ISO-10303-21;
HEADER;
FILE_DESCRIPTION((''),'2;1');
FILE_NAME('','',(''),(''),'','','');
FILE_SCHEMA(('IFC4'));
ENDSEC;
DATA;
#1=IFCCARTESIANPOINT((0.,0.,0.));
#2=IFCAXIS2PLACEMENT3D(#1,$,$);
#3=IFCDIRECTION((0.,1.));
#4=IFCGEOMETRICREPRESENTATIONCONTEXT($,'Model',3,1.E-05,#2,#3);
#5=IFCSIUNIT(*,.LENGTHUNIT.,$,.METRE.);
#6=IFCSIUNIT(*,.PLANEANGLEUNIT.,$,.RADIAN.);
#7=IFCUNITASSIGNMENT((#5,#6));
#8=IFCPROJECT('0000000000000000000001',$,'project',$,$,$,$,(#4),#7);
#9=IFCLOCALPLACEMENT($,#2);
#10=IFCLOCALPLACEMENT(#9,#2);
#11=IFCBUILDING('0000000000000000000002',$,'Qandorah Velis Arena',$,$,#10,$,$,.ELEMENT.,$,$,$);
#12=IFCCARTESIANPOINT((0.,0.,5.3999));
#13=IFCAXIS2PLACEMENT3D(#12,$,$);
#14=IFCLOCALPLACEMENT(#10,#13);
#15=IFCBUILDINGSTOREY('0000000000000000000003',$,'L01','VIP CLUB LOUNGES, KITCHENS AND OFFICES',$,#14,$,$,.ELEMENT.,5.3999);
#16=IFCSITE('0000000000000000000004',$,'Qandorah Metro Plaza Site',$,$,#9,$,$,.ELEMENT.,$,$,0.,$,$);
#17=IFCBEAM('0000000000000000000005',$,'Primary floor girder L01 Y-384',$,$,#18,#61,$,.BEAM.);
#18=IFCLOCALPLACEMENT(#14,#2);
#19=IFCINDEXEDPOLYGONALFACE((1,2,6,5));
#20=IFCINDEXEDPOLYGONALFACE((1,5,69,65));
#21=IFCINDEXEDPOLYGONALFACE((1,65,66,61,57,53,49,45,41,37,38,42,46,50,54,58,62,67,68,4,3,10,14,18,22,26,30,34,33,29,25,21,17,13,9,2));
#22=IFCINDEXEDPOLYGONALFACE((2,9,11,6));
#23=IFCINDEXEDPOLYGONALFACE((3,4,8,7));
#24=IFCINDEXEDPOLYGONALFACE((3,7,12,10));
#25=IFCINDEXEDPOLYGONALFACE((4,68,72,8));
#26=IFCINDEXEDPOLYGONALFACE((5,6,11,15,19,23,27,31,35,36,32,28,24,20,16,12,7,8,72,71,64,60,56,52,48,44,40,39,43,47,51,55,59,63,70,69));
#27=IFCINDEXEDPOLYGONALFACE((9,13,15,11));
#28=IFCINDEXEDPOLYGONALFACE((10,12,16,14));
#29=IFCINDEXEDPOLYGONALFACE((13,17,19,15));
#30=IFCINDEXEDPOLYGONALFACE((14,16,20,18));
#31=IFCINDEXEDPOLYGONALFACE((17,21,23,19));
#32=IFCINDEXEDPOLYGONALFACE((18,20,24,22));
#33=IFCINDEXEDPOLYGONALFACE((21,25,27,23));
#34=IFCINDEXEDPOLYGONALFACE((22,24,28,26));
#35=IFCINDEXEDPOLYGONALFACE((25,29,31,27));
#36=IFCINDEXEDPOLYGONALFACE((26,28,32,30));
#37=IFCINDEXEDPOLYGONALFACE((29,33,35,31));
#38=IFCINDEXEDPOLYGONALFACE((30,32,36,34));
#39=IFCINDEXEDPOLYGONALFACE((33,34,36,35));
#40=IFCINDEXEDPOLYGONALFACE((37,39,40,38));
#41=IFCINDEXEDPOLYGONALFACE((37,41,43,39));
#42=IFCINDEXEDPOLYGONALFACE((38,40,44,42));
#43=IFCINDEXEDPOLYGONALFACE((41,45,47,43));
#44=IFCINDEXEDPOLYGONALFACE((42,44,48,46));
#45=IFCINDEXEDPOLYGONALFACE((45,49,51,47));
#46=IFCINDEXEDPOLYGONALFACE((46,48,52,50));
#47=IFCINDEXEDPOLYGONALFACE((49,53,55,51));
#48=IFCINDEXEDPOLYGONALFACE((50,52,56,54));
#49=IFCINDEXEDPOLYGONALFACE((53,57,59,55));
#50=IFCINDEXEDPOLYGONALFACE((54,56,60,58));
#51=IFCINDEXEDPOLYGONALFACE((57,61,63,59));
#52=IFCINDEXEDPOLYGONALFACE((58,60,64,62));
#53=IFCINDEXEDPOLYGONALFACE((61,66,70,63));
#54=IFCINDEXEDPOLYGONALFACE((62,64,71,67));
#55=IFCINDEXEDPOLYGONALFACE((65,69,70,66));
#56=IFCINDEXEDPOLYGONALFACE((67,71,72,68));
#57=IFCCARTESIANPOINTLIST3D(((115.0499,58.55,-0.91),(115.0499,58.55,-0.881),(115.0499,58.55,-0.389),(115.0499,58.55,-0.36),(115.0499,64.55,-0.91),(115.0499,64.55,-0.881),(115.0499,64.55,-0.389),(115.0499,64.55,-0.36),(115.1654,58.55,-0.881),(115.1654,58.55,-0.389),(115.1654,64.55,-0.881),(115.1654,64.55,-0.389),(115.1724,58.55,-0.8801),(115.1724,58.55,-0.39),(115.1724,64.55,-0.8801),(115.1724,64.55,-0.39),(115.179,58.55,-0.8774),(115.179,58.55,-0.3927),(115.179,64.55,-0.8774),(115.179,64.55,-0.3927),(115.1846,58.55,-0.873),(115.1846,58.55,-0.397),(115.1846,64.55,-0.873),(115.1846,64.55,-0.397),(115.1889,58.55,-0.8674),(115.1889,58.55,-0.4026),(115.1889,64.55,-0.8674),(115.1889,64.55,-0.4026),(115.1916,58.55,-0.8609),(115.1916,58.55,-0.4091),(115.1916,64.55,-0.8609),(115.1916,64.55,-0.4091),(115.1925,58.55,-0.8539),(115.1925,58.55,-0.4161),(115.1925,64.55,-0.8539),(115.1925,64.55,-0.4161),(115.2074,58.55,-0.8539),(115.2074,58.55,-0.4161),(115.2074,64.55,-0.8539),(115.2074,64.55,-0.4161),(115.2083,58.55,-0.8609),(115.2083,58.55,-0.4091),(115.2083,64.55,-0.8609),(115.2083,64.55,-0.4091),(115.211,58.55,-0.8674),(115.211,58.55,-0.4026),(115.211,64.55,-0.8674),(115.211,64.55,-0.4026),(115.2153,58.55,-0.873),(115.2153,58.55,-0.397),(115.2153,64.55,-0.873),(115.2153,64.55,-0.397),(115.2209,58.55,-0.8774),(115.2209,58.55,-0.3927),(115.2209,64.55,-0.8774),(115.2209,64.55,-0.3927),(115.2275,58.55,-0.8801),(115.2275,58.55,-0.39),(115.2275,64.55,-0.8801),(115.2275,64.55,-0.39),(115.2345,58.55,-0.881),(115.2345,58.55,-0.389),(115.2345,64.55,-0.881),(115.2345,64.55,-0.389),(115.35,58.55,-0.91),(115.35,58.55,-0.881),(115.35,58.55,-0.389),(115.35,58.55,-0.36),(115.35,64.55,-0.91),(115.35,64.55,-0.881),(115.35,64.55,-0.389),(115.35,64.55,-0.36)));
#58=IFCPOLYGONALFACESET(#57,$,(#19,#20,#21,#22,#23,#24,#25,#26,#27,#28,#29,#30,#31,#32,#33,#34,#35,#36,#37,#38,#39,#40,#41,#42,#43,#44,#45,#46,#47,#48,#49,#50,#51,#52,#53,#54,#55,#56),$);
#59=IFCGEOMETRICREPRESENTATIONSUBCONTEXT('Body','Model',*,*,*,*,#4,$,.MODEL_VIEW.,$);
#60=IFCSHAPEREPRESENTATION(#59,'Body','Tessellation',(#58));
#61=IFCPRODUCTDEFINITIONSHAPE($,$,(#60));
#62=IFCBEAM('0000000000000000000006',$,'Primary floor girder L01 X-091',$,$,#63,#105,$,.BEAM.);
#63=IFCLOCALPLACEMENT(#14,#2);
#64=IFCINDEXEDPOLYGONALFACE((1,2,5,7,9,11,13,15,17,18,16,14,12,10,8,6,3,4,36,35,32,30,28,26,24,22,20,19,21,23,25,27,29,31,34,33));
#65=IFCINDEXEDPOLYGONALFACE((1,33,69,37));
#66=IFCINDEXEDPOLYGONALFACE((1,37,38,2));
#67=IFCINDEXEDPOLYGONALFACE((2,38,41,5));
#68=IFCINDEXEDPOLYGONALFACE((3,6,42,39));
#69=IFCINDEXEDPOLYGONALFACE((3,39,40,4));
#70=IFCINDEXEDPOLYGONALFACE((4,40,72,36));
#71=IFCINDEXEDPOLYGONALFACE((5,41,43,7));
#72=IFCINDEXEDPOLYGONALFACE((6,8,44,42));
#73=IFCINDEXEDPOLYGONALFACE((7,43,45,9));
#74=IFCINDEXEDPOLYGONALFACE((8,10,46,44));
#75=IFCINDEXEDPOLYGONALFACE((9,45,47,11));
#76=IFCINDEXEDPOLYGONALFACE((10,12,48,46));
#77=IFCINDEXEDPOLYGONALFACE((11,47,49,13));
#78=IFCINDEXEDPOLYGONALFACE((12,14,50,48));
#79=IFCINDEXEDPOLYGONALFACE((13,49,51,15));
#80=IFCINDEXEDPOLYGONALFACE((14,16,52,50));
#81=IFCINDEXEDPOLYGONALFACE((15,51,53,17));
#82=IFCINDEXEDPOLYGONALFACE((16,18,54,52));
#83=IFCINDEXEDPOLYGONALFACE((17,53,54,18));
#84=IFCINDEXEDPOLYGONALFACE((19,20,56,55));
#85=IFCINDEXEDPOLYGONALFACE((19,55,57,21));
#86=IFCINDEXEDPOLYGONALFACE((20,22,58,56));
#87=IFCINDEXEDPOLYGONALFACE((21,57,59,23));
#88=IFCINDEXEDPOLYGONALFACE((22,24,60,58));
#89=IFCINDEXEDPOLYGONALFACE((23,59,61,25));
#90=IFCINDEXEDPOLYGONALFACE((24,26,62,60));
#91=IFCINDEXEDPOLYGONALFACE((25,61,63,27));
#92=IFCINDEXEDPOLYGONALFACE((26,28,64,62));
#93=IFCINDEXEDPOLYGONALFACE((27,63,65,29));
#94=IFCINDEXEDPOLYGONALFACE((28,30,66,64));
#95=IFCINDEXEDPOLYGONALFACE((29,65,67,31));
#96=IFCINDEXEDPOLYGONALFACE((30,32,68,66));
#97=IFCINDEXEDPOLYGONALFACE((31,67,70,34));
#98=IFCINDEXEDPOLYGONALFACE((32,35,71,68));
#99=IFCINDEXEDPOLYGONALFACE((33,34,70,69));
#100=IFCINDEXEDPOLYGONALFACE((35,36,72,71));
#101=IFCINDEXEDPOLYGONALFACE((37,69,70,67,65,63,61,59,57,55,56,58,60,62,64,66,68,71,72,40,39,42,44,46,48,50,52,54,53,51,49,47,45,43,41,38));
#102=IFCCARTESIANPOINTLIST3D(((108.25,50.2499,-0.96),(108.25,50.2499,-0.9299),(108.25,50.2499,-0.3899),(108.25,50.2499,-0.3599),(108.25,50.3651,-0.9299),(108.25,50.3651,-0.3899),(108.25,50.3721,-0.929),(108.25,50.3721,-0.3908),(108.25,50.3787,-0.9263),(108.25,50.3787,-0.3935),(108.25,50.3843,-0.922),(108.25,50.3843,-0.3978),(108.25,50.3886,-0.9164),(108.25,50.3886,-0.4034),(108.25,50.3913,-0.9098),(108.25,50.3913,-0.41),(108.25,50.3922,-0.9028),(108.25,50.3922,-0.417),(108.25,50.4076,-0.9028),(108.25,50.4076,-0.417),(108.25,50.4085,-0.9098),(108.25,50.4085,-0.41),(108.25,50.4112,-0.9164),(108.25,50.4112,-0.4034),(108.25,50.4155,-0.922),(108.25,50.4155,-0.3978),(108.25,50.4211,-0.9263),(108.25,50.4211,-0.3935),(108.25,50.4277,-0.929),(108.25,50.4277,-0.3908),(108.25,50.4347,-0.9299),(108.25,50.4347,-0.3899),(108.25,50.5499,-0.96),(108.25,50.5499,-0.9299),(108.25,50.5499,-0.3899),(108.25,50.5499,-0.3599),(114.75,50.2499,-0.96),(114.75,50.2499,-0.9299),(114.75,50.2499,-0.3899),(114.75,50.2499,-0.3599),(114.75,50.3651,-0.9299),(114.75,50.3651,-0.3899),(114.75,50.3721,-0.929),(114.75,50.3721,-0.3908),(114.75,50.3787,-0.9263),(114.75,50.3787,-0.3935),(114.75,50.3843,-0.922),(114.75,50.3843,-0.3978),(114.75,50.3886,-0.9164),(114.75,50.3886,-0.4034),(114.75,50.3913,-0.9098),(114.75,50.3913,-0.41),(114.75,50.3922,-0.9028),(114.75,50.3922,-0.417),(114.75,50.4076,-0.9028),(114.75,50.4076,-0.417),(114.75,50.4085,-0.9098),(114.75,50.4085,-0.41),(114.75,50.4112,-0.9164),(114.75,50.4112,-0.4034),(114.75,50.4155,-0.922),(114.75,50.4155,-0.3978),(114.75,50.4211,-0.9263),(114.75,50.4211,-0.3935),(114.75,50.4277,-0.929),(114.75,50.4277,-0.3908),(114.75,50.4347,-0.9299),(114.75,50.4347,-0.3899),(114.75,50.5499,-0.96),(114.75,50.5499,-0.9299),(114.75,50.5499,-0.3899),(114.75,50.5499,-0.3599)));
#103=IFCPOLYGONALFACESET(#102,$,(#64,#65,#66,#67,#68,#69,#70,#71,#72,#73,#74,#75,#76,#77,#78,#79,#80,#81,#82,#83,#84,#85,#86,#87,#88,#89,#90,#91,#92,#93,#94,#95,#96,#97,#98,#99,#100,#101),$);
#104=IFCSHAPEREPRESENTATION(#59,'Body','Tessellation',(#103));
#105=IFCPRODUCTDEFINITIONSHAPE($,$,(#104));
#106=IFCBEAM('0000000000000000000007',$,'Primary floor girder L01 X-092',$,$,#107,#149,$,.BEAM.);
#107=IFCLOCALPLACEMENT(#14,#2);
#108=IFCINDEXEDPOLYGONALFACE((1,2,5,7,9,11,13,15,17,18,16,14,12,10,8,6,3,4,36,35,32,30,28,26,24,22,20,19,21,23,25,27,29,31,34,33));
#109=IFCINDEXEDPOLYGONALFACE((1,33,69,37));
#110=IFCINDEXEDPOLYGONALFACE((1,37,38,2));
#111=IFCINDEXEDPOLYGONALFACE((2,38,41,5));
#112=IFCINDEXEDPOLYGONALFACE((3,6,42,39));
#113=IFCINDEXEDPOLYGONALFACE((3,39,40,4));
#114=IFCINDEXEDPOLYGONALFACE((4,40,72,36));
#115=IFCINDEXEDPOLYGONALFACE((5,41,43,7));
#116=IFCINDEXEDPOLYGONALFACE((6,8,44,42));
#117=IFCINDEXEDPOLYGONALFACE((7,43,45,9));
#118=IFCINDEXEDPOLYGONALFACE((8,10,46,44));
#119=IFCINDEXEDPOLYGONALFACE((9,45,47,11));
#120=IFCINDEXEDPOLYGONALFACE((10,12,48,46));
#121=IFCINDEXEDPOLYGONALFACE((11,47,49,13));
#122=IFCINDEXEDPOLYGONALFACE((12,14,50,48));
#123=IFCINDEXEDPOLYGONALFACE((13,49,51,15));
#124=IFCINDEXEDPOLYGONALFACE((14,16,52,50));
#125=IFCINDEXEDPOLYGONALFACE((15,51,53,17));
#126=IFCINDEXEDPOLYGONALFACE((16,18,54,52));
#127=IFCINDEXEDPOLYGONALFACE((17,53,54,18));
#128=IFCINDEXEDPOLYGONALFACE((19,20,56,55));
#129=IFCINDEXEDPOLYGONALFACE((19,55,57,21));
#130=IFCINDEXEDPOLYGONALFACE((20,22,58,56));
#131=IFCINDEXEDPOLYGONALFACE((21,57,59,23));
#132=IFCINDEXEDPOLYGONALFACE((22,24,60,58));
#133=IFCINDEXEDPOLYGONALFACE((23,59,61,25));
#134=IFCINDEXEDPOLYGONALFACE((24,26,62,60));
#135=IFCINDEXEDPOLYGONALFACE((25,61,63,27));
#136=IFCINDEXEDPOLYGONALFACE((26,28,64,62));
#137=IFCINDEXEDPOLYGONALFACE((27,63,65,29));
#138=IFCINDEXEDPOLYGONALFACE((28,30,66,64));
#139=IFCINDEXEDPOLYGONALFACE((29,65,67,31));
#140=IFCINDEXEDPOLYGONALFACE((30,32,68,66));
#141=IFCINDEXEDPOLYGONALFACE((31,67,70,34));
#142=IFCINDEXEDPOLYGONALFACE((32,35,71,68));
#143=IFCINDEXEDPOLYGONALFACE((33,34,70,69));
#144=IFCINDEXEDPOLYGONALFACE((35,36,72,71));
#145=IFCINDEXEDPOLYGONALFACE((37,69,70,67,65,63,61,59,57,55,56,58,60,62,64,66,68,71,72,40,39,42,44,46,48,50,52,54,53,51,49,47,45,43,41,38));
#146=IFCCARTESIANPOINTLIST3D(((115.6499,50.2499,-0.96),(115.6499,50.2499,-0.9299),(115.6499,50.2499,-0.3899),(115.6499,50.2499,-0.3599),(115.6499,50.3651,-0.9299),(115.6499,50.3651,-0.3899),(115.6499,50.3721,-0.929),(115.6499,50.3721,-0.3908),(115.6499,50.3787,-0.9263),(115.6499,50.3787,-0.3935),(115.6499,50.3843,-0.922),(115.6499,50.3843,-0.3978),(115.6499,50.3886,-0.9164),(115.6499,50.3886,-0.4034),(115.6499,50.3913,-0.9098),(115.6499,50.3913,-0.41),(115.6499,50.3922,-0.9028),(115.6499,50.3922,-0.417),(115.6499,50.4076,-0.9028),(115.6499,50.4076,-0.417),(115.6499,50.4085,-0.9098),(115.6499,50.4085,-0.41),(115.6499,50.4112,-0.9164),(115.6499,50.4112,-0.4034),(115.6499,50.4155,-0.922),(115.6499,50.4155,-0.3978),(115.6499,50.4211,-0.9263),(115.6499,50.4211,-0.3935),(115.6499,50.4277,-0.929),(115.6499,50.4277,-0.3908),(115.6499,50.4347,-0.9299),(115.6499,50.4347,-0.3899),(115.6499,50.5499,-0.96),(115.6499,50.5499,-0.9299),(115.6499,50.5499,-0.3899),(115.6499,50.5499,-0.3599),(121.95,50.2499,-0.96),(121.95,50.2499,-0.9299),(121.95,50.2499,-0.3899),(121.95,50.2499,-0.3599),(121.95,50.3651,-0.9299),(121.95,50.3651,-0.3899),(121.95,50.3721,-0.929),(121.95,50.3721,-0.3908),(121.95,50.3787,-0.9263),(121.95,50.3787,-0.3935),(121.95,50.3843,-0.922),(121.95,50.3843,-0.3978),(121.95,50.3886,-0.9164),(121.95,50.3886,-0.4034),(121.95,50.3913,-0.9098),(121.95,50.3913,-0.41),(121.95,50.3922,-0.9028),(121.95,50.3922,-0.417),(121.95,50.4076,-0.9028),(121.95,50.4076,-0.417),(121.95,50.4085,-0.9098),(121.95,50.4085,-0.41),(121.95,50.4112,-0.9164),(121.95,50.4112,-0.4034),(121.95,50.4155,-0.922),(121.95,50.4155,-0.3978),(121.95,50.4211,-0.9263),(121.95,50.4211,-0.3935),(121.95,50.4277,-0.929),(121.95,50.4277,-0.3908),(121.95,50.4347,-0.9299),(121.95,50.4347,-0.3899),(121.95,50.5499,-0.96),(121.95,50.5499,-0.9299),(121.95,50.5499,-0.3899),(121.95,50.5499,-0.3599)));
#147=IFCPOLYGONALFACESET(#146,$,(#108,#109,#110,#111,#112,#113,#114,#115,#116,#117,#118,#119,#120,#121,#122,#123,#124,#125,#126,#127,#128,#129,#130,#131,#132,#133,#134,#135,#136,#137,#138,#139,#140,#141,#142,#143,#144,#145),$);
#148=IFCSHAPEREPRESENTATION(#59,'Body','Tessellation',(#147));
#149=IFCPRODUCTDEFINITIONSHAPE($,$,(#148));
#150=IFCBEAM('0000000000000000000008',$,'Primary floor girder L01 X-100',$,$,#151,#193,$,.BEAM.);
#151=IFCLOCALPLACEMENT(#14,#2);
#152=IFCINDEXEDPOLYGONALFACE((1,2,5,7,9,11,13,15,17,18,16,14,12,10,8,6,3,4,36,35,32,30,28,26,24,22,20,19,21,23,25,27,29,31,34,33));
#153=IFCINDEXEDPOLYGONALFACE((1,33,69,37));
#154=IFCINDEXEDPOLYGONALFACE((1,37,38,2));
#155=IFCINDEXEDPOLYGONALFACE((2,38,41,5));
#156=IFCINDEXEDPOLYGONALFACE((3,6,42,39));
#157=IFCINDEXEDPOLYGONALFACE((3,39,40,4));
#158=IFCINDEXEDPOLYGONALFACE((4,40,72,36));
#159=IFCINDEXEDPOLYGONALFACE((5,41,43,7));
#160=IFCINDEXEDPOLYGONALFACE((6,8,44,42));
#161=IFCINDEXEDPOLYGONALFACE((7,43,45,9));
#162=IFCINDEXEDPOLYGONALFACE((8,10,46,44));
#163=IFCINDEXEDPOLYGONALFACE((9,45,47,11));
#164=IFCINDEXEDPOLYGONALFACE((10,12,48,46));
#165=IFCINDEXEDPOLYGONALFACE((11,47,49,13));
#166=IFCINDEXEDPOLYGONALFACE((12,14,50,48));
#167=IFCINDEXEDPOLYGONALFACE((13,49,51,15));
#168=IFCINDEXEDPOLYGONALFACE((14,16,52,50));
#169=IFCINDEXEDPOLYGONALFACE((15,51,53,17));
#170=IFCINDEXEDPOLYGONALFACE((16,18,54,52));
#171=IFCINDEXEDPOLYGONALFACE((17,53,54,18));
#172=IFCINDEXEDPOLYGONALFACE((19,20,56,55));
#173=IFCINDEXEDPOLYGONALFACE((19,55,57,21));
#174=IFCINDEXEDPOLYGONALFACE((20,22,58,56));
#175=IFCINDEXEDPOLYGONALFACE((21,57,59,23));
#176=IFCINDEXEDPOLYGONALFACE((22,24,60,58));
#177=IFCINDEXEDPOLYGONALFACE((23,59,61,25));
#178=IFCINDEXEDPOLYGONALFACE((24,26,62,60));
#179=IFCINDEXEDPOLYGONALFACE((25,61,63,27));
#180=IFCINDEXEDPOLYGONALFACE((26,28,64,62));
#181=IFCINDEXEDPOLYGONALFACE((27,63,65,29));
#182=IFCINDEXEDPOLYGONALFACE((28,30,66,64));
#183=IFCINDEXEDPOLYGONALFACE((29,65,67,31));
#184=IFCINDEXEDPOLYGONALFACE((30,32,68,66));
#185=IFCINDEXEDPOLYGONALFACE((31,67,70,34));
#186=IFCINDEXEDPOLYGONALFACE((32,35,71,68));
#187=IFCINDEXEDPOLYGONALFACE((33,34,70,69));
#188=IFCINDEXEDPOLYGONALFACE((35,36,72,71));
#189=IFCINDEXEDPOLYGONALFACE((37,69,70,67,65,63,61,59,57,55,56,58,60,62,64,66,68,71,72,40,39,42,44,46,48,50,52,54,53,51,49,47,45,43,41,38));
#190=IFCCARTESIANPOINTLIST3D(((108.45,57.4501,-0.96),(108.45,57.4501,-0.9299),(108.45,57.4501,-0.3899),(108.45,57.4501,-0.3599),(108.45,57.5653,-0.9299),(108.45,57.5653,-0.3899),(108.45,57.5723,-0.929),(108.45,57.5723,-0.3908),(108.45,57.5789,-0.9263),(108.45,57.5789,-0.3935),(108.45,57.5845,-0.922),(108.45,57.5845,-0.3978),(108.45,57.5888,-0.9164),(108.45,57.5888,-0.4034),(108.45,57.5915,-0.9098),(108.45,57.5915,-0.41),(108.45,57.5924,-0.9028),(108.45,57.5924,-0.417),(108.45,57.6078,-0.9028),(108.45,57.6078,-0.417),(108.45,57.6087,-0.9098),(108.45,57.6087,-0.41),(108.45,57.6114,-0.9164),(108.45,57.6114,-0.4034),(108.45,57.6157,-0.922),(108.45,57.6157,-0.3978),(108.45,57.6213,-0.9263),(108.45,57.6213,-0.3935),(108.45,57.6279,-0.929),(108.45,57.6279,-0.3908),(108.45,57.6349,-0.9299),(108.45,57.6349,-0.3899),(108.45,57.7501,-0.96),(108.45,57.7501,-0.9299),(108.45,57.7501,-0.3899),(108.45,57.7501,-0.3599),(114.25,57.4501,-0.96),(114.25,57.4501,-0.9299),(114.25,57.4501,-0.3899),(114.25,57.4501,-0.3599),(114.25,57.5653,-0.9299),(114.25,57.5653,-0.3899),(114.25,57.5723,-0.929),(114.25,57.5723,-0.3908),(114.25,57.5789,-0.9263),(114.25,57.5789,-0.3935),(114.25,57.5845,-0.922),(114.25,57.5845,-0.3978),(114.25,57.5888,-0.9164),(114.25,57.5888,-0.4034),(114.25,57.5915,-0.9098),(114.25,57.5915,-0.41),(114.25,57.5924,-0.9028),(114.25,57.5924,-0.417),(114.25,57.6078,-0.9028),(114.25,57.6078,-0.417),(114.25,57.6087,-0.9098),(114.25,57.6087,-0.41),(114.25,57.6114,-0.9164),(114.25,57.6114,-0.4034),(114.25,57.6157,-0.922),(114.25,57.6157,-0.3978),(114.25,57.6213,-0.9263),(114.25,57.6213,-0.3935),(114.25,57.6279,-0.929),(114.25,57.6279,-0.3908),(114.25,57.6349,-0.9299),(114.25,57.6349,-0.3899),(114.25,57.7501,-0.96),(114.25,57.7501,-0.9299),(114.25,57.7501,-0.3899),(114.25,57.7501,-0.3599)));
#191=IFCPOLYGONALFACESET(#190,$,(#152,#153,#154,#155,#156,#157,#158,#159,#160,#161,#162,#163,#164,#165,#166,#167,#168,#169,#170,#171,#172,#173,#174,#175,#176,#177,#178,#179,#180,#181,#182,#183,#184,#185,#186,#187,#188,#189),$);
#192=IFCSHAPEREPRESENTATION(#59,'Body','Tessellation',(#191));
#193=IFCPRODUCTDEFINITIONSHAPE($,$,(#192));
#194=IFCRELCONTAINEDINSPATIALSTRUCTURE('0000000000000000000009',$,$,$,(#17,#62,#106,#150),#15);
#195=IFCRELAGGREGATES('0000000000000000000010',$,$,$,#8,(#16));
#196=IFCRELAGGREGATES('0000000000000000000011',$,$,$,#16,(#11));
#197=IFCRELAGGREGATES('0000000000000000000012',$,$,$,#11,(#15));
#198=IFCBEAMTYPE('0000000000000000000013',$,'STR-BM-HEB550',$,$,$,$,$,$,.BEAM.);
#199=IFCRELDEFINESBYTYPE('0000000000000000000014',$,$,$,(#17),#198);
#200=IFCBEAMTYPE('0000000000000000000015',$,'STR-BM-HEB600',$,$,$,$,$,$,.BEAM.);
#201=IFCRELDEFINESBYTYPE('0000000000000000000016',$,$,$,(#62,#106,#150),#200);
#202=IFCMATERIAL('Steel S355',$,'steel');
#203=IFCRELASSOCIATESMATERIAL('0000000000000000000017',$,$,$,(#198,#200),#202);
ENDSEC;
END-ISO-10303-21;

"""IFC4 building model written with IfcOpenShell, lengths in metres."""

from ifc_helpers import new_model, si_unit, direction, frame, origin, origin_2d, place, context, subcontext, project, spatial, i_section, extrude, material, material_profile, profile_set, type_object, element, save


model = new_model("IFC4")

# Units and contexts
model_context = context("Model", 3, precision=1e-05, world=origin(), true_north=direction((0.0, 1.0)))
body_context = subcontext(model_context, "Body", "Model", "MODEL_VIEW")
ifc_project = project(units=[si_unit("LENGTHUNIT", "METRE"), si_unit("PLANEANGLEUNIT", "RADIAN")], contexts=[model_context])

# Site, building, storey
site_placement = place(None, origin())
site = spatial("IfcSite", under=ifc_project, at=site_placement, Name="Qandorah Metro Plaza Site", CompositionType="ELEMENT", RefElevation=0.0)
building_placement = place(site_placement, origin())
building = spatial("IfcBuilding", under=site, at=building_placement, Name="Qandorah Velis Arena", CompositionType="ELEMENT")
storey_placement = place(building_placement, frame((0.0, 0.0, 5.3999)))
storey = spatial("IfcBuildingStorey", under=building, at=storey_placement, Name="L01", Description="VIP CLUB LOUNGES, KITCHENS AND OFFICES", CompositionType="ELEMENT", Elevation=5.3999)

# Beams
ifc_material_1 = material(Name="Steel S355", Category="steel")
ifc_material_profile_1 = material_profile(ifc_material_1, i_section(OverallWidth=0.3, OverallDepth=0.55, WebThickness=0.0149, FlangeThickness=0.0291, FilletRadius=0.0271, at=origin_2d()), Name="HEB 550")
ifc_profile_set_1 = profile_set([ifc_material_profile_1], Name="Steel S355")
beam_type_1 = type_object("IfcBeamType", Name="STR-BM-HEB550", PredefinedType="BEAM", material=ifc_profile_set_1)
beam_1_placement = place(storey_placement, frame((115.2, 58.55, -0.635), z_axis=(0.0, 1.0, 0.0), x_axis=(-1.0, 0.0, 0.0)))
element("IfcBeam", 1, at=beam_1_placement, inside=storey, type_object=beam_type_1, Name="Primary floor girder L01 Y-384", PredefinedType="BEAM", context=body_context, shape_type="SweptSolid", body=[
    extrude(i_section(OverallWidth=0.3, OverallDepth=0.55, WebThickness=0.0149, FlangeThickness=0.0291, FilletRadius=0.0271, at=origin_2d()), origin(), (0.0, 0.0, 1.0), 6.0),
])
ifc_material_profile_2 = material_profile(ifc_material_1, i_section(OverallWidth=0.3, OverallDepth=0.6001, WebThickness=0.0154, FlangeThickness=0.03, FilletRadius=0.0271, at=origin_2d()), Name="HEB 600")
ifc_profile_set_2 = profile_set([ifc_material_profile_2], Name="Steel S355")
beam_type_2 = type_object("IfcBeamType", Name="STR-BM-HEB600", PredefinedType="BEAM", material=ifc_profile_set_2)
beam_2_placement = place(storey_placement, frame((108.25, 50.3999, -0.6599), z_axis=(1.0, 0.0, 0.0), x_axis=(0.0, 1.0, 0.0)))
element("IfcBeam", 2, at=beam_2_placement, inside=storey, type_object=beam_type_2, Name="Primary floor girder L01 X-091", PredefinedType="BEAM", context=body_context, shape_type="SweptSolid", body=[
    extrude(i_section(OverallWidth=0.3, OverallDepth=0.6001, WebThickness=0.0154, FlangeThickness=0.03, FilletRadius=0.0271, at=origin_2d()), origin(), (0.0, 0.0, 1.0), 6.5),
])
beam_3_placement = place(storey_placement, frame((115.6499, 50.3999, -0.6599), z_axis=(1.0, 0.0, 0.0), x_axis=(0.0, 1.0, 0.0)))
element("IfcBeam", 3, at=beam_3_placement, inside=storey, type_object=beam_type_2, Name="Primary floor girder L01 X-092", PredefinedType="BEAM", context=body_context, shape_type="SweptSolid", body=[
    extrude(i_section(OverallWidth=0.3, OverallDepth=0.6001, WebThickness=0.0154, FlangeThickness=0.03, FilletRadius=0.0271, at=origin_2d()), origin(), (0.0, 0.0, 1.0), 6.3),
])
beam_4_placement = place(storey_placement, frame((108.45, 57.6001, -0.6599), z_axis=(1.0, 0.0, 0.0), x_axis=(0.0, 1.0, 0.0)))
element("IfcBeam", 4, at=beam_4_placement, inside=storey, type_object=beam_type_2, Name="Primary floor girder L01 X-100", PredefinedType="BEAM", context=body_context, shape_type="SweptSolid", body=[
    extrude(i_section(OverallWidth=0.3, OverallDepth=0.6001, WebThickness=0.0154, FlangeThickness=0.03, FilletRadius=0.0271, at=origin_2d()), origin(), (0.0, 0.0, 1.0), 5.8),
])

save(model, "model.ifc")
